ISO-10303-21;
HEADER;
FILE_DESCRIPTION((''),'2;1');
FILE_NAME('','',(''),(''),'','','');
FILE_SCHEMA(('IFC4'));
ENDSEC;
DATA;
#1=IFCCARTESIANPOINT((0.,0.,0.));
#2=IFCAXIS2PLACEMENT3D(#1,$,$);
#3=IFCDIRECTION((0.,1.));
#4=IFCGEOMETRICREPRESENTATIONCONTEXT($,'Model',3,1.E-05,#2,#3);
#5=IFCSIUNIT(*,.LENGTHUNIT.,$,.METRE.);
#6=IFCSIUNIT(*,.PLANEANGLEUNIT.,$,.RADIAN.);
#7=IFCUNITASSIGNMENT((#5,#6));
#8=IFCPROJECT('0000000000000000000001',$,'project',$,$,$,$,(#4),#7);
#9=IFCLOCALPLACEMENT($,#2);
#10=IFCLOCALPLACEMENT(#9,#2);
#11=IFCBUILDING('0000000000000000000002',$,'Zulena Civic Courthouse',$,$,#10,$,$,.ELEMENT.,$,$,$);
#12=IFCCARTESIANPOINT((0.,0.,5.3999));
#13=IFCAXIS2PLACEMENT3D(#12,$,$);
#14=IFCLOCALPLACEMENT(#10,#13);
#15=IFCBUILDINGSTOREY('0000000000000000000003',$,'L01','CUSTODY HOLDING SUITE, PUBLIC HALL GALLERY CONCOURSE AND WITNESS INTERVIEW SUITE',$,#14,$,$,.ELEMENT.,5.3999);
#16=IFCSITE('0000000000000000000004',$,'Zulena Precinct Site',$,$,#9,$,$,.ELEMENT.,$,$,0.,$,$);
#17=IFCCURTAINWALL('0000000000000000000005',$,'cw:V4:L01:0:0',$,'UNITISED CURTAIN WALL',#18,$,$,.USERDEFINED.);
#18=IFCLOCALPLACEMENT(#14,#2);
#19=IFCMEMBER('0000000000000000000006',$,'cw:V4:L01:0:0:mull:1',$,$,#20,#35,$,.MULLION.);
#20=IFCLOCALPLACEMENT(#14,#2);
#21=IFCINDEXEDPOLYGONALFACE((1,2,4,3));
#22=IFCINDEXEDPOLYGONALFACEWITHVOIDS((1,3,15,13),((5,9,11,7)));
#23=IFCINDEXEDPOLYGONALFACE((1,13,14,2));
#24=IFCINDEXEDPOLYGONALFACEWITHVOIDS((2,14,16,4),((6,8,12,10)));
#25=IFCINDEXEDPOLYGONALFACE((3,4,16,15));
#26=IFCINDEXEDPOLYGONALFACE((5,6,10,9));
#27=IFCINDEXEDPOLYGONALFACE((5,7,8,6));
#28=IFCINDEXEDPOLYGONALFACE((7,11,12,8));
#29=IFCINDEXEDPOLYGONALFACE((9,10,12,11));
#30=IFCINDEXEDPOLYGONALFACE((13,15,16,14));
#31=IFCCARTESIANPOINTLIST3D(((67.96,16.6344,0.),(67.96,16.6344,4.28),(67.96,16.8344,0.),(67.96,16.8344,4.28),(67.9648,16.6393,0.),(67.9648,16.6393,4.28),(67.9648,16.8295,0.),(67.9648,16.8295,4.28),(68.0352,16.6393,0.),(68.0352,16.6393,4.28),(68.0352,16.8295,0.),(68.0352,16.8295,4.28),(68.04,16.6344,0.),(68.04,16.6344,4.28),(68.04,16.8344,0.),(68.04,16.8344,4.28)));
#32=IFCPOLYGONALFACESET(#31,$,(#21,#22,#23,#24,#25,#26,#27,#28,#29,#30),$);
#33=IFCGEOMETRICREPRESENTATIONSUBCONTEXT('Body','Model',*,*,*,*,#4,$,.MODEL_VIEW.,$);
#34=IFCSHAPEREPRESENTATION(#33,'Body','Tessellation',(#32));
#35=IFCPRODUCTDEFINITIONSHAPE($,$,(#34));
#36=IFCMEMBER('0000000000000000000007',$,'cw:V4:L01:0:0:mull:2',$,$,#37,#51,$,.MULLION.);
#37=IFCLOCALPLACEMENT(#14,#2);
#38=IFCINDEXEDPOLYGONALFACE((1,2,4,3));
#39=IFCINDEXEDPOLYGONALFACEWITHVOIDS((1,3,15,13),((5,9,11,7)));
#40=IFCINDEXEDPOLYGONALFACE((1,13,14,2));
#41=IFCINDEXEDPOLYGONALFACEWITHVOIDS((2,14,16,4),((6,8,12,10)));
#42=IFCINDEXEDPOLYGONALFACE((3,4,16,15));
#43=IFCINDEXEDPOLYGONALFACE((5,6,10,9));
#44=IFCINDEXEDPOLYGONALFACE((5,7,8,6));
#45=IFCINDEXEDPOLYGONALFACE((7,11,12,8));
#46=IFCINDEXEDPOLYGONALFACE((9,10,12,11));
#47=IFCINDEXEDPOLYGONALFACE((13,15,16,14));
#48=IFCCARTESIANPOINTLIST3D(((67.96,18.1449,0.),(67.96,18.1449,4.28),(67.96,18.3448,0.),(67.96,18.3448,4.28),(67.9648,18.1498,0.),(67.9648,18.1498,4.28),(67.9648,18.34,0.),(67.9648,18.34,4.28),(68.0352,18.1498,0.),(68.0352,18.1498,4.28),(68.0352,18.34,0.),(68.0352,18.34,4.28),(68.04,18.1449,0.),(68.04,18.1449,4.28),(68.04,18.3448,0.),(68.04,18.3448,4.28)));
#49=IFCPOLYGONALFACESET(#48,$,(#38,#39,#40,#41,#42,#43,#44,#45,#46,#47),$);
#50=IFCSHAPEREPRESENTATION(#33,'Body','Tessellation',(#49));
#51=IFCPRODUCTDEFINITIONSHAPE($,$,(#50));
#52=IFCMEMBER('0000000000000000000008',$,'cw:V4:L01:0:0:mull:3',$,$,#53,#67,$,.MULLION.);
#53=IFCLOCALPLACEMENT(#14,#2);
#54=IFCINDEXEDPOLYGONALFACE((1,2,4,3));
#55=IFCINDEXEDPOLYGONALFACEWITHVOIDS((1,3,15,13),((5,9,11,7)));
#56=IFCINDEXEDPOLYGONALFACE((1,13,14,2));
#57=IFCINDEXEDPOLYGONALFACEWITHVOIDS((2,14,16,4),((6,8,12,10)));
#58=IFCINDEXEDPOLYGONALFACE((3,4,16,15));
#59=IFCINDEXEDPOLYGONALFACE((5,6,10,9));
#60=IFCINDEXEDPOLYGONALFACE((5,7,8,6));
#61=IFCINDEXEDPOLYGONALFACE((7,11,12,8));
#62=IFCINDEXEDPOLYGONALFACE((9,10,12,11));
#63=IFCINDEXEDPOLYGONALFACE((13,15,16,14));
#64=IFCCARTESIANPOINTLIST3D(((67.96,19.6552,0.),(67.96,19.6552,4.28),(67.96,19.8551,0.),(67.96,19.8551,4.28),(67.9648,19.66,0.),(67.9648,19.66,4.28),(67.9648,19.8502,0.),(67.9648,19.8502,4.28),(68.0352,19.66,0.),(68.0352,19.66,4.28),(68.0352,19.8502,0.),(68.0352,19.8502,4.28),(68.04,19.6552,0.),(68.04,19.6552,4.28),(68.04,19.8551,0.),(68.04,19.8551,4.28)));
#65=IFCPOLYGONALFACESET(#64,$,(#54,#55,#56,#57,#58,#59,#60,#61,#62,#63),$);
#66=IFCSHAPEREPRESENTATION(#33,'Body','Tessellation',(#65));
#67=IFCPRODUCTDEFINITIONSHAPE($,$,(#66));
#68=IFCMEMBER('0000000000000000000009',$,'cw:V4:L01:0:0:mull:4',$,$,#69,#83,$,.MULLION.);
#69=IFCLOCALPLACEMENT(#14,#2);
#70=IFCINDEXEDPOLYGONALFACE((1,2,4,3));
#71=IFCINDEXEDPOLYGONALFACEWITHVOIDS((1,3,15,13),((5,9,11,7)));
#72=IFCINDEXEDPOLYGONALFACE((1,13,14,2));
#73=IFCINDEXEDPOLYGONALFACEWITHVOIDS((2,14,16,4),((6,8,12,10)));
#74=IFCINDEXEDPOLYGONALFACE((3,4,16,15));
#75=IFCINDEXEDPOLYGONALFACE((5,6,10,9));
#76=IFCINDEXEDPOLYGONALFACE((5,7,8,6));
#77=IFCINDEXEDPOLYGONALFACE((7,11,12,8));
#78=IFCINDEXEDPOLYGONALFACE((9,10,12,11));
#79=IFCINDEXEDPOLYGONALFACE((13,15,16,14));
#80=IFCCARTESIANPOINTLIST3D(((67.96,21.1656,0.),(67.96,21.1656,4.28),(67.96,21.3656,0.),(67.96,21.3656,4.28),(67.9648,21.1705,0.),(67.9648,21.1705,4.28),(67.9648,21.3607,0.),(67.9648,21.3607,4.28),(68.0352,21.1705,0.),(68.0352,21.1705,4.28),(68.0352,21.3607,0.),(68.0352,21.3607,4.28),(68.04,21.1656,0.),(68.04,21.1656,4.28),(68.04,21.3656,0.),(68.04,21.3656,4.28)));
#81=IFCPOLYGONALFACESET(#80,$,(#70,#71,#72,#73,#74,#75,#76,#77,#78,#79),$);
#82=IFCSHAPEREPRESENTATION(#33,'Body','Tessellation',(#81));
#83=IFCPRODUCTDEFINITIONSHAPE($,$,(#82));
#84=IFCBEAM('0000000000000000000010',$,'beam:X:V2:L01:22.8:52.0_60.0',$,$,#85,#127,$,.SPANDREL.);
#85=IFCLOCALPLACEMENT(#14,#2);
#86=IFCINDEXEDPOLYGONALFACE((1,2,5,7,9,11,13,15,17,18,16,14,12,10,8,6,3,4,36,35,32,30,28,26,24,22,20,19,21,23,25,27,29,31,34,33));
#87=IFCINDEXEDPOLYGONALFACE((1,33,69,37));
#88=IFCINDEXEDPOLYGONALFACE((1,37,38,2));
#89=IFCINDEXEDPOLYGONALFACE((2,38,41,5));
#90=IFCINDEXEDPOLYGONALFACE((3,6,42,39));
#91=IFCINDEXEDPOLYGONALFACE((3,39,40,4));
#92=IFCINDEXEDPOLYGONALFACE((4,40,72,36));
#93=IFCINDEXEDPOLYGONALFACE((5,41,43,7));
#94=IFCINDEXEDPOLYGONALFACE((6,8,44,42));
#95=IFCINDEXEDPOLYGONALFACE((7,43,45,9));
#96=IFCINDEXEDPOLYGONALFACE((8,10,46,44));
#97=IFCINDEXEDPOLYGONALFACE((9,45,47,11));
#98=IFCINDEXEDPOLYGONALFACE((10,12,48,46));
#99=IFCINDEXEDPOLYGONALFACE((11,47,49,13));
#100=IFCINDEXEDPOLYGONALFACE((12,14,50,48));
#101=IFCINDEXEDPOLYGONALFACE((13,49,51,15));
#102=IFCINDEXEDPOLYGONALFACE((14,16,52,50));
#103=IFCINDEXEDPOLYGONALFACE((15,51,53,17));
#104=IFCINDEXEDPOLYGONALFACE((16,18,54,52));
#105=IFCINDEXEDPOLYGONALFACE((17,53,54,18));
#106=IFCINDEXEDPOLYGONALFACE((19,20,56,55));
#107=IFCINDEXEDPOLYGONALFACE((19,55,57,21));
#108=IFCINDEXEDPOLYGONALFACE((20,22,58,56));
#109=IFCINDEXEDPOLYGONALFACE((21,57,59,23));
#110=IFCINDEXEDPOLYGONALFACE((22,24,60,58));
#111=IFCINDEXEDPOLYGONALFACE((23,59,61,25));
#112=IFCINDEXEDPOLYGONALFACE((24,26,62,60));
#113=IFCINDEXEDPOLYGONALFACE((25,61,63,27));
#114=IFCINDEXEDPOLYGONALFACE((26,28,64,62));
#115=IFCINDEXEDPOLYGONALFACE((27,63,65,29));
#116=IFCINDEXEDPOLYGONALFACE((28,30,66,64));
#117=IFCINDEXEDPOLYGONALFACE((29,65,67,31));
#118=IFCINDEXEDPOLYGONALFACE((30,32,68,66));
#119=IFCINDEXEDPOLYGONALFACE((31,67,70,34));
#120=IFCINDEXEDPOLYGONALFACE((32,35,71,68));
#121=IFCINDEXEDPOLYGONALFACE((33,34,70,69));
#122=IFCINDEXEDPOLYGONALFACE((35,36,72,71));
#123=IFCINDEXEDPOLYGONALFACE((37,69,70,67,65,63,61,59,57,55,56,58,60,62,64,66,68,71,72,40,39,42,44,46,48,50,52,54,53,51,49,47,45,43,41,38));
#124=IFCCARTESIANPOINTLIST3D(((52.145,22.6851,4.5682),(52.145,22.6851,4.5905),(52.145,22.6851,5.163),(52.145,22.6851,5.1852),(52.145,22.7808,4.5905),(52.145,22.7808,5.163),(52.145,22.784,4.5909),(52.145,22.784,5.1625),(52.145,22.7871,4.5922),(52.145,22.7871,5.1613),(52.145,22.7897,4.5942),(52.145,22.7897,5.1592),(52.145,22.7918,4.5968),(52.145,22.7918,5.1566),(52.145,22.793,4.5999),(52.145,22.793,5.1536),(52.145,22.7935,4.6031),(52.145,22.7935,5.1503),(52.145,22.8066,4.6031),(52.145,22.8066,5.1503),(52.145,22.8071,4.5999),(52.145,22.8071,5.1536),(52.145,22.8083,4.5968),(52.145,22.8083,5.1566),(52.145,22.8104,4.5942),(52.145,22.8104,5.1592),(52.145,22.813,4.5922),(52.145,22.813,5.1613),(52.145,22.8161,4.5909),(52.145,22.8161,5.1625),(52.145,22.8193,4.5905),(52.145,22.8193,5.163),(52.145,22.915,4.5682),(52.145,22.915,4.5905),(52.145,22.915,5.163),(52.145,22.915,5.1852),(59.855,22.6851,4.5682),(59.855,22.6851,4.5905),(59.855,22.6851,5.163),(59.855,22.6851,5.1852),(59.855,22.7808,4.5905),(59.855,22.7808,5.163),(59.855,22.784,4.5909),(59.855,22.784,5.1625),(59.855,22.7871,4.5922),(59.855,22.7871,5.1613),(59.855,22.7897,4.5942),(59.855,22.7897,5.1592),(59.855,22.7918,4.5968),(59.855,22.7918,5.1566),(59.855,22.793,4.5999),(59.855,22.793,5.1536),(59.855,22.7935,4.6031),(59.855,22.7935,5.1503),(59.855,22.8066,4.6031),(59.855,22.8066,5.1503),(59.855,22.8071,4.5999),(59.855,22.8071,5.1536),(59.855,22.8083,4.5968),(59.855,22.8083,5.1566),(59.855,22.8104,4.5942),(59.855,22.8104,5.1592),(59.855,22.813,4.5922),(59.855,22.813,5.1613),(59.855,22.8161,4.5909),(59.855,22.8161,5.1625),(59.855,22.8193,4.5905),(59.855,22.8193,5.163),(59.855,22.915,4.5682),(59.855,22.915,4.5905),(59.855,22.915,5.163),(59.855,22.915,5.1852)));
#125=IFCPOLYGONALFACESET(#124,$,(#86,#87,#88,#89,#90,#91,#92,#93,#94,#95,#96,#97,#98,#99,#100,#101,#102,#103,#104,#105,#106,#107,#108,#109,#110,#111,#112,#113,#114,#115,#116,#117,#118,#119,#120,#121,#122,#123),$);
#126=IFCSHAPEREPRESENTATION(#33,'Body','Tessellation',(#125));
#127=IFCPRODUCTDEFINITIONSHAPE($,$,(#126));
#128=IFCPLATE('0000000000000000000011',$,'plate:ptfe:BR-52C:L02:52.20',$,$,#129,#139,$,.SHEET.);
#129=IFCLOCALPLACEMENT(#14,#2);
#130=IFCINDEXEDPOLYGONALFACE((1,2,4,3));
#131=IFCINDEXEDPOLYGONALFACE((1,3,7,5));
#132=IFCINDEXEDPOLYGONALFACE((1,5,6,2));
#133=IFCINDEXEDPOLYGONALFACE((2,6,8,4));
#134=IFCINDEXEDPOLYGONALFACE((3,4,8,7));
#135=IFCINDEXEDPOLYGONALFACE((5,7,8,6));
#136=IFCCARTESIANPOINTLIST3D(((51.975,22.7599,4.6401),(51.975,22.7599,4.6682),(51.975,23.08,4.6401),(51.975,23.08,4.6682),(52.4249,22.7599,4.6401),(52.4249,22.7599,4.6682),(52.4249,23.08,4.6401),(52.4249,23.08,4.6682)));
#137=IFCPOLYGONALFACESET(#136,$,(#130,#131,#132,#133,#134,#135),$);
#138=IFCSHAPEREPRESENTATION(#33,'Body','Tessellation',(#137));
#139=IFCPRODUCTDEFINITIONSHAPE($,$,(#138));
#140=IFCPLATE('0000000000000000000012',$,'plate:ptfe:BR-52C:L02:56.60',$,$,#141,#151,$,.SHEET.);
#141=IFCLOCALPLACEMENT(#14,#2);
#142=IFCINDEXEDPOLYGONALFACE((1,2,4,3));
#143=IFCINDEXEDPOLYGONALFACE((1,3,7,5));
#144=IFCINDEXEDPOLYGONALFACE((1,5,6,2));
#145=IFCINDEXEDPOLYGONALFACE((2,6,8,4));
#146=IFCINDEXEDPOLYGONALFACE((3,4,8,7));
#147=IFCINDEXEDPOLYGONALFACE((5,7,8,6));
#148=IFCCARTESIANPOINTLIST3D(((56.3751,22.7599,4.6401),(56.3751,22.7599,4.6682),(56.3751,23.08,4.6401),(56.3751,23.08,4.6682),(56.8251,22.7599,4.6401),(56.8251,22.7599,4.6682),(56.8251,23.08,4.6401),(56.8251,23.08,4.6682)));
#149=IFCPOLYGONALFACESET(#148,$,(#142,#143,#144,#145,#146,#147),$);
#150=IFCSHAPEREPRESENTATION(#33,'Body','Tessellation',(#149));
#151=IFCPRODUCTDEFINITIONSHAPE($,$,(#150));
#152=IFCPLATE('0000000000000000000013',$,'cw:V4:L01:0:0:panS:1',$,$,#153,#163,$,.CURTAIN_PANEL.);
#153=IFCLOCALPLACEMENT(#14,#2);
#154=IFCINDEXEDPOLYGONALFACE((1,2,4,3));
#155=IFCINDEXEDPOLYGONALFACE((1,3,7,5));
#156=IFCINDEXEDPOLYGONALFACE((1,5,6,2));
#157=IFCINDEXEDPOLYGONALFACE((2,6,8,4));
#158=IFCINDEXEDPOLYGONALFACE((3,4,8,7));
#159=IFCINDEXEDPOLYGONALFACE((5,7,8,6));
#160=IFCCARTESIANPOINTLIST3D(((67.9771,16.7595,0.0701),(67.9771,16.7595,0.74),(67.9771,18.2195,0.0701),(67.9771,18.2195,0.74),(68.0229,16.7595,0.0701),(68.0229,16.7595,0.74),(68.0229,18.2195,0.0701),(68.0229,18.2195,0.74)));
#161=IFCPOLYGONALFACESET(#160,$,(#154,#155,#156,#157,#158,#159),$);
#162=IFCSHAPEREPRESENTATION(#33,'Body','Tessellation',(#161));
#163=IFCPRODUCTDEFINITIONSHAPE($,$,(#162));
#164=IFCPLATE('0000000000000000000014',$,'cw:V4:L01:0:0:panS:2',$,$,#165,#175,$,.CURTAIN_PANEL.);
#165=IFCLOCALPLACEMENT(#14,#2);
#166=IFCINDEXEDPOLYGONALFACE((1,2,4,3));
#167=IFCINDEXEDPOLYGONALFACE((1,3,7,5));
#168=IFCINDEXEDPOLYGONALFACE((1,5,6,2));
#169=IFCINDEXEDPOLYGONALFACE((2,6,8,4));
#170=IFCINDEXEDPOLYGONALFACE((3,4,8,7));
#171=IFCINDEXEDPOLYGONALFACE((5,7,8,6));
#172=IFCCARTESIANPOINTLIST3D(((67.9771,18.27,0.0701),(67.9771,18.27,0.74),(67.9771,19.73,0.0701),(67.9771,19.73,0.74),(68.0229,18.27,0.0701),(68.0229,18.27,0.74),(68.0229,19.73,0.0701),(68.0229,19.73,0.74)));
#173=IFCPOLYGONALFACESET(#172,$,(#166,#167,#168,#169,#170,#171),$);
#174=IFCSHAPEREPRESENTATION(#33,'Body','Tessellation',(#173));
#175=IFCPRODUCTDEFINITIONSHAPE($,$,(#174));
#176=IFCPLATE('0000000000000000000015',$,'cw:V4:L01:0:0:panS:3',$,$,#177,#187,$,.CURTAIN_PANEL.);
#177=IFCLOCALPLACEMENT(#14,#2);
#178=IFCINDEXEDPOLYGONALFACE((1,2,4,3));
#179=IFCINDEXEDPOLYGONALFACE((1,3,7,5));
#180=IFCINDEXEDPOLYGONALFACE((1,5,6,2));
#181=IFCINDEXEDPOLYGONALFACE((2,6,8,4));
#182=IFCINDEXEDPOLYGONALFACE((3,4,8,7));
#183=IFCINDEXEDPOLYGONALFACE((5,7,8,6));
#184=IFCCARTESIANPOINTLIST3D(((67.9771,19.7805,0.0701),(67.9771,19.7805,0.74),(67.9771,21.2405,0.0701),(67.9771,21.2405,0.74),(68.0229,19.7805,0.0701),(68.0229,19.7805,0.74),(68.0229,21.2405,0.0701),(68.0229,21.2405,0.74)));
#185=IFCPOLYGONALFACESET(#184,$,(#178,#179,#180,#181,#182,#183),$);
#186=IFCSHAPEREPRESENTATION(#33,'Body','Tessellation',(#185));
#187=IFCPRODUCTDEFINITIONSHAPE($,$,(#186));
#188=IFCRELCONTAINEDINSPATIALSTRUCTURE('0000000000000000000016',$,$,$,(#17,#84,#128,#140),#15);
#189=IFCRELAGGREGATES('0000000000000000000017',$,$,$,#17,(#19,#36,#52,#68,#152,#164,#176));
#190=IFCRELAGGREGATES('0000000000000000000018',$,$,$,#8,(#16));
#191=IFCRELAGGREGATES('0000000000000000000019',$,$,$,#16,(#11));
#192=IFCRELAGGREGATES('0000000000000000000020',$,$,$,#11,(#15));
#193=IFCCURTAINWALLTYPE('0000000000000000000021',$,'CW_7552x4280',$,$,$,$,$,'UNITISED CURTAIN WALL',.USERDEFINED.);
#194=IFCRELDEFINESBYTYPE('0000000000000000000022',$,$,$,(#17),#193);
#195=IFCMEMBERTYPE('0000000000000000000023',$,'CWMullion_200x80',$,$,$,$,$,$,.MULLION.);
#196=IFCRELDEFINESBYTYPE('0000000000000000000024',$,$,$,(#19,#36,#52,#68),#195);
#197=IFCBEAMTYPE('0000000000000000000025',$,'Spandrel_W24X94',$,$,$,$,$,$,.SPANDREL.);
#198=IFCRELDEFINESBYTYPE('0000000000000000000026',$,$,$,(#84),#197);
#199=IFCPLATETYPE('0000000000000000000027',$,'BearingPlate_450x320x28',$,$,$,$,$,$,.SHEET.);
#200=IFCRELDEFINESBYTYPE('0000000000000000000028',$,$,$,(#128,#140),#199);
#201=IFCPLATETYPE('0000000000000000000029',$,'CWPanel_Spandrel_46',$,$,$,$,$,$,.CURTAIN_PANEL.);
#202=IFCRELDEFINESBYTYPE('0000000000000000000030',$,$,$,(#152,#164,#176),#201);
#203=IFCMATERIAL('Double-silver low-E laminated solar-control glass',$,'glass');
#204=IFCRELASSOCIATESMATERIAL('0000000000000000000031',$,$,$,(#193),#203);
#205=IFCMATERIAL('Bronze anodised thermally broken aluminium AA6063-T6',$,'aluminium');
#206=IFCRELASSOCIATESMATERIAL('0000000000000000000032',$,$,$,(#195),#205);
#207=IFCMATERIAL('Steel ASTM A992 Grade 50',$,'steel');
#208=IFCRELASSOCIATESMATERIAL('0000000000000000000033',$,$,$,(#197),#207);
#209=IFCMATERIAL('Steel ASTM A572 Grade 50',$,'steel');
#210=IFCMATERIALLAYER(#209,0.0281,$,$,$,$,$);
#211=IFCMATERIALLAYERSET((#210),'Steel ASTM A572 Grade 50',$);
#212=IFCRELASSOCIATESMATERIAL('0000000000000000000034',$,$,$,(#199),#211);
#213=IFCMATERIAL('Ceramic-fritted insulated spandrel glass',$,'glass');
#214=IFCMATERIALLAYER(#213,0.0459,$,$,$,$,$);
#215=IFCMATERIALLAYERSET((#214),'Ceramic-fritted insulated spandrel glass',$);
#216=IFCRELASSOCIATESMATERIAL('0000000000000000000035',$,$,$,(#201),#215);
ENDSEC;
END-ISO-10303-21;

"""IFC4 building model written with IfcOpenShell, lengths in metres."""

from ifc_helpers import new_model, si_unit, direction, frame, origin, origin_2d, place, context, subcontext, project, spatial, rectangle, hollow_rectangle, i_section, extrude, material, layer, layer_set, material_profile, profile_set, type_object, element, aggregate, save


model = new_model("IFC4")

# Units and contexts
model_context = context("Model", 3, precision=1e-05, world=origin(), true_north=direction((0.0, 1.0)))
body_context = subcontext(model_context, "Body", "Model", "MODEL_VIEW")
ifc_project = project(units=[si_unit("LENGTHUNIT", "METRE"), si_unit("PLANEANGLEUNIT", "RADIAN")], contexts=[model_context])

# Site, building, storey
site_placement = place(None, origin())
site = spatial("IfcSite", under=ifc_project, at=site_placement, Name="Zulena Precinct Site", CompositionType="ELEMENT", RefElevation=0.0)
building_placement = place(site_placement, origin())
building = spatial("IfcBuilding", under=site, at=building_placement, Name="Zulena Civic Courthouse", CompositionType="ELEMENT")
storey_placement = place(building_placement, frame((0.0, 0.0, 5.3999)))
storey = spatial("IfcBuildingStorey", under=building, at=storey_placement, Name="L01", Description="CUSTODY HOLDING SUITE, PUBLIC HALL GALLERY CONCOURSE AND WITNESS INTERVIEW SUITE", CompositionType="ELEMENT", Elevation=5.3999)

# Shared definitions
ifc_material_1 = material(Name="Steel ASTM A992 Grade 50", Category="steel")

# Curtain wall, members
ifc_material_2 = material(Name="Double-silver low-E laminated solar-control glass", Category="glass")
curtain_wall_type = type_object("IfcCurtainWallType", Name="CW_7552x4280", ElementType="UNITISED CURTAIN WALL", PredefinedType="USERDEFINED", material=ifc_material_2)
curtain_wall_placement = place(storey_placement, origin())
curtain_wall = element("IfcCurtainWall", 1, at=curtain_wall_placement, inside=storey, type_object=curtain_wall_type, Name="cw:V4:L01:0:0", ObjectType="UNITISED CURTAIN WALL", PredefinedType="USERDEFINED")
ifc_material_3 = material(Name="Bronze anodised thermally broken aluminium AA6063-T6", Category="aluminium")
ifc_material_profile_1 = material_profile(ifc_material_3, hollow_rectangle(XDim=0.0801, YDim=0.2, WallThickness=0.0049, at=origin_2d()), Name="CWM200X80X5")
ifc_profile_set_1 = profile_set([ifc_material_profile_1], Name="Bronze anodised thermally broken aluminium AA6063-T6")
member_type = type_object("IfcMemberType", Name="CWMullion_200x80", PredefinedType="MULLION", material=ifc_profile_set_1)
member_1_placement = place(storey_placement, frame((68.0, 16.7344, 0.0), z_axis=(0.0, 0.0, 1.0), x_axis=(1.0, 0.0, 0.0)))
member_1 = element("IfcMember", 2, at=member_1_placement, type_object=member_type, Name="cw:V4:L01:0:0:mull:1", PredefinedType="MULLION", context=body_context, shape_type="SweptSolid", body=[
    extrude(hollow_rectangle(XDim=0.0801, YDim=0.2, WallThickness=0.0049, at=origin_2d()), origin(), (0.0, 0.0, 1.0), 4.28),
])
member_2_placement = place(storey_placement, frame((68.0, 18.2449, 0.0), z_axis=(0.0, 0.0, 1.0), x_axis=(1.0, 0.0, 0.0)))
member_2 = element("IfcMember", 3, at=member_2_placement, type_object=member_type, Name="cw:V4:L01:0:0:mull:2", PredefinedType="MULLION", context=body_context, shape_type="SweptSolid", body=[
    extrude(hollow_rectangle(XDim=0.0801, YDim=0.2, WallThickness=0.0049, at=origin_2d()), origin(), (0.0, 0.0, 1.0), 4.28),
])
member_3_placement = place(storey_placement, frame((68.0, 19.7551, 0.0), z_axis=(0.0, 0.0, 1.0), x_axis=(1.0, 0.0, 0.0)))
member_3 = element("IfcMember", 4, at=member_3_placement, type_object=member_type, Name="cw:V4:L01:0:0:mull:3", PredefinedType="MULLION", context=body_context, shape_type="SweptSolid", body=[
    extrude(hollow_rectangle(XDim=0.0801, YDim=0.2, WallThickness=0.0049, at=origin_2d()), origin(), (0.0, 0.0, 1.0), 4.28),
])
member_4_placement = place(storey_placement, frame((68.0, 21.2656, 0.0), z_axis=(0.0, 0.0, 1.0), x_axis=(1.0, 0.0, 0.0)))
member_4 = element("IfcMember", 5, at=member_4_placement, type_object=member_type, Name="cw:V4:L01:0:0:mull:4", PredefinedType="MULLION", context=body_context, shape_type="SweptSolid", body=[
    extrude(hollow_rectangle(XDim=0.0801, YDim=0.2, WallThickness=0.0049, at=origin_2d()), origin(), (0.0, 0.0, 1.0), 4.28),
])

# Beam
ifc_material_profile_2 = material_profile(ifc_material_1, i_section(OverallWidth=0.23, OverallDepth=0.6169, WebThickness=0.0132, FlangeThickness=0.0222, FilletRadius=0.0127, at=origin_2d()), Name="W24X94")
ifc_profile_set_2 = profile_set([ifc_material_profile_2], Name="Steel ASTM A992 Grade 50")
beam_type_1 = type_object("IfcBeamType", Name="Spandrel_W24X94", PredefinedType="SPANDREL", material=ifc_profile_set_2)
beam_placement = place(storey_placement, frame((52.145, 22.8, 4.8767), z_axis=(1.0, 0.0, 0.0), x_axis=(0.0, 1.0, 0.0)))
element("IfcBeam", 6, at=beam_placement, inside=storey, type_object=beam_type_1, Name="beam:X:V2:L01:22.8:52.0_60.0", PredefinedType="SPANDREL", context=body_context, shape_type="SweptSolid", body=[
    extrude(i_section(OverallWidth=0.23, OverallDepth=0.6169, WebThickness=0.0132, FlangeThickness=0.0222, FilletRadius=0.0127, at=origin_2d()), origin(), (0.0, 0.0, 1.0), 7.71),
])

# Plates
ifc_material_4 = material(Name="Steel ASTM A572 Grade 50", Category="steel")
ifc_layer_1 = layer(ifc_material_4, 0.0281)
ifc_layer_set_1 = layer_set([ifc_layer_1], Name="Steel ASTM A572 Grade 50")
plate_type_1 = type_object("IfcPlateType", Name="BearingPlate_450x320x28", PredefinedType="SHEET", material=ifc_layer_set_1)
for number, where, z_axis, x_axis, name in (
    (7, (52.2, 22.9199, 4.6401), (0.0, 0.0, 1.0), (1.0, 0.0, 0.0), "plate:ptfe:BR-52C:L02:52.20"),
    (8, (56.6001, 22.9199, 4.6401), (0.0, 0.0, 1.0), (1.0, 0.0, 0.0), "plate:ptfe:BR-52C:L02:56.60"),
):
    element("IfcPlate", number, at=place(storey_placement, frame(where, z_axis=z_axis, x_axis=x_axis)), inside=storey, type_object=plate_type_1, Name=name, PredefinedType="SHEET", context=body_context, shape_type="SweptSolid", body=[
        extrude(rectangle(XDim=0.45, YDim=0.3201, at=origin_2d()), origin(), (0.0, 0.0, 1.0), 0.0281),
    ])

# Plates
ifc_material_5 = material(Name="Ceramic-fritted insulated spandrel glass", Category="glass")
ifc_layer_2 = layer(ifc_material_5, 0.0459)
ifc_layer_set_2 = layer_set([ifc_layer_2], Name="Ceramic-fritted insulated spandrel glass")
plate_type_2 = type_object("IfcPlateType", Name="CWPanel_Spandrel_46", PredefinedType="CURTAIN_PANEL", material=ifc_layer_set_2)
plate_1_placement = place(storey_placement, frame((68.0, 17.4895, 0.0701), z_axis=(0.0, 0.0, 1.0), x_axis=(0.0, 1.0, 0.0)))
plate_1 = element("IfcPlate", 9, at=plate_1_placement, type_object=plate_type_2, Name="cw:V4:L01:0:0:panS:1", PredefinedType="CURTAIN_PANEL", context=body_context, shape_type="SweptSolid", body=[
    extrude(rectangle(XDim=1.46, YDim=0.0459, at=origin_2d()), origin(), (0.0, 0.0, 1.0), 0.6699),
])
plate_2_placement = place(storey_placement, frame((68.0, 19.0, 0.0701), z_axis=(0.0, 0.0, 1.0), x_axis=(0.0, 1.0, 0.0)))
plate_2 = element("IfcPlate", 10, at=plate_2_placement, type_object=plate_type_2, Name="cw:V4:L01:0:0:panS:2", PredefinedType="CURTAIN_PANEL", context=body_context, shape_type="SweptSolid", body=[
    extrude(rectangle(XDim=1.46, YDim=0.0459, at=origin_2d()), origin(), (0.0, 0.0, 1.0), 0.6699),
])
plate_3_placement = place(storey_placement, frame((68.0, 20.5105, 0.0701), z_axis=(0.0, 0.0, 1.0), x_axis=(0.0, 1.0, 0.0)))
plate_3 = element("IfcPlate", 11, at=plate_3_placement, type_object=plate_type_2, Name="cw:V4:L01:0:0:panS:3", PredefinedType="CURTAIN_PANEL", context=body_context, shape_type="SweptSolid", body=[
    extrude(rectangle(XDim=1.46, YDim=0.0459, at=origin_2d()), origin(), (0.0, 0.0, 1.0), 0.6699),
])
aggregate(curtain_wall, [member_1, member_2, member_3, member_4, plate_1, plate_2, plate_3])

save(model, "model.ifc")
